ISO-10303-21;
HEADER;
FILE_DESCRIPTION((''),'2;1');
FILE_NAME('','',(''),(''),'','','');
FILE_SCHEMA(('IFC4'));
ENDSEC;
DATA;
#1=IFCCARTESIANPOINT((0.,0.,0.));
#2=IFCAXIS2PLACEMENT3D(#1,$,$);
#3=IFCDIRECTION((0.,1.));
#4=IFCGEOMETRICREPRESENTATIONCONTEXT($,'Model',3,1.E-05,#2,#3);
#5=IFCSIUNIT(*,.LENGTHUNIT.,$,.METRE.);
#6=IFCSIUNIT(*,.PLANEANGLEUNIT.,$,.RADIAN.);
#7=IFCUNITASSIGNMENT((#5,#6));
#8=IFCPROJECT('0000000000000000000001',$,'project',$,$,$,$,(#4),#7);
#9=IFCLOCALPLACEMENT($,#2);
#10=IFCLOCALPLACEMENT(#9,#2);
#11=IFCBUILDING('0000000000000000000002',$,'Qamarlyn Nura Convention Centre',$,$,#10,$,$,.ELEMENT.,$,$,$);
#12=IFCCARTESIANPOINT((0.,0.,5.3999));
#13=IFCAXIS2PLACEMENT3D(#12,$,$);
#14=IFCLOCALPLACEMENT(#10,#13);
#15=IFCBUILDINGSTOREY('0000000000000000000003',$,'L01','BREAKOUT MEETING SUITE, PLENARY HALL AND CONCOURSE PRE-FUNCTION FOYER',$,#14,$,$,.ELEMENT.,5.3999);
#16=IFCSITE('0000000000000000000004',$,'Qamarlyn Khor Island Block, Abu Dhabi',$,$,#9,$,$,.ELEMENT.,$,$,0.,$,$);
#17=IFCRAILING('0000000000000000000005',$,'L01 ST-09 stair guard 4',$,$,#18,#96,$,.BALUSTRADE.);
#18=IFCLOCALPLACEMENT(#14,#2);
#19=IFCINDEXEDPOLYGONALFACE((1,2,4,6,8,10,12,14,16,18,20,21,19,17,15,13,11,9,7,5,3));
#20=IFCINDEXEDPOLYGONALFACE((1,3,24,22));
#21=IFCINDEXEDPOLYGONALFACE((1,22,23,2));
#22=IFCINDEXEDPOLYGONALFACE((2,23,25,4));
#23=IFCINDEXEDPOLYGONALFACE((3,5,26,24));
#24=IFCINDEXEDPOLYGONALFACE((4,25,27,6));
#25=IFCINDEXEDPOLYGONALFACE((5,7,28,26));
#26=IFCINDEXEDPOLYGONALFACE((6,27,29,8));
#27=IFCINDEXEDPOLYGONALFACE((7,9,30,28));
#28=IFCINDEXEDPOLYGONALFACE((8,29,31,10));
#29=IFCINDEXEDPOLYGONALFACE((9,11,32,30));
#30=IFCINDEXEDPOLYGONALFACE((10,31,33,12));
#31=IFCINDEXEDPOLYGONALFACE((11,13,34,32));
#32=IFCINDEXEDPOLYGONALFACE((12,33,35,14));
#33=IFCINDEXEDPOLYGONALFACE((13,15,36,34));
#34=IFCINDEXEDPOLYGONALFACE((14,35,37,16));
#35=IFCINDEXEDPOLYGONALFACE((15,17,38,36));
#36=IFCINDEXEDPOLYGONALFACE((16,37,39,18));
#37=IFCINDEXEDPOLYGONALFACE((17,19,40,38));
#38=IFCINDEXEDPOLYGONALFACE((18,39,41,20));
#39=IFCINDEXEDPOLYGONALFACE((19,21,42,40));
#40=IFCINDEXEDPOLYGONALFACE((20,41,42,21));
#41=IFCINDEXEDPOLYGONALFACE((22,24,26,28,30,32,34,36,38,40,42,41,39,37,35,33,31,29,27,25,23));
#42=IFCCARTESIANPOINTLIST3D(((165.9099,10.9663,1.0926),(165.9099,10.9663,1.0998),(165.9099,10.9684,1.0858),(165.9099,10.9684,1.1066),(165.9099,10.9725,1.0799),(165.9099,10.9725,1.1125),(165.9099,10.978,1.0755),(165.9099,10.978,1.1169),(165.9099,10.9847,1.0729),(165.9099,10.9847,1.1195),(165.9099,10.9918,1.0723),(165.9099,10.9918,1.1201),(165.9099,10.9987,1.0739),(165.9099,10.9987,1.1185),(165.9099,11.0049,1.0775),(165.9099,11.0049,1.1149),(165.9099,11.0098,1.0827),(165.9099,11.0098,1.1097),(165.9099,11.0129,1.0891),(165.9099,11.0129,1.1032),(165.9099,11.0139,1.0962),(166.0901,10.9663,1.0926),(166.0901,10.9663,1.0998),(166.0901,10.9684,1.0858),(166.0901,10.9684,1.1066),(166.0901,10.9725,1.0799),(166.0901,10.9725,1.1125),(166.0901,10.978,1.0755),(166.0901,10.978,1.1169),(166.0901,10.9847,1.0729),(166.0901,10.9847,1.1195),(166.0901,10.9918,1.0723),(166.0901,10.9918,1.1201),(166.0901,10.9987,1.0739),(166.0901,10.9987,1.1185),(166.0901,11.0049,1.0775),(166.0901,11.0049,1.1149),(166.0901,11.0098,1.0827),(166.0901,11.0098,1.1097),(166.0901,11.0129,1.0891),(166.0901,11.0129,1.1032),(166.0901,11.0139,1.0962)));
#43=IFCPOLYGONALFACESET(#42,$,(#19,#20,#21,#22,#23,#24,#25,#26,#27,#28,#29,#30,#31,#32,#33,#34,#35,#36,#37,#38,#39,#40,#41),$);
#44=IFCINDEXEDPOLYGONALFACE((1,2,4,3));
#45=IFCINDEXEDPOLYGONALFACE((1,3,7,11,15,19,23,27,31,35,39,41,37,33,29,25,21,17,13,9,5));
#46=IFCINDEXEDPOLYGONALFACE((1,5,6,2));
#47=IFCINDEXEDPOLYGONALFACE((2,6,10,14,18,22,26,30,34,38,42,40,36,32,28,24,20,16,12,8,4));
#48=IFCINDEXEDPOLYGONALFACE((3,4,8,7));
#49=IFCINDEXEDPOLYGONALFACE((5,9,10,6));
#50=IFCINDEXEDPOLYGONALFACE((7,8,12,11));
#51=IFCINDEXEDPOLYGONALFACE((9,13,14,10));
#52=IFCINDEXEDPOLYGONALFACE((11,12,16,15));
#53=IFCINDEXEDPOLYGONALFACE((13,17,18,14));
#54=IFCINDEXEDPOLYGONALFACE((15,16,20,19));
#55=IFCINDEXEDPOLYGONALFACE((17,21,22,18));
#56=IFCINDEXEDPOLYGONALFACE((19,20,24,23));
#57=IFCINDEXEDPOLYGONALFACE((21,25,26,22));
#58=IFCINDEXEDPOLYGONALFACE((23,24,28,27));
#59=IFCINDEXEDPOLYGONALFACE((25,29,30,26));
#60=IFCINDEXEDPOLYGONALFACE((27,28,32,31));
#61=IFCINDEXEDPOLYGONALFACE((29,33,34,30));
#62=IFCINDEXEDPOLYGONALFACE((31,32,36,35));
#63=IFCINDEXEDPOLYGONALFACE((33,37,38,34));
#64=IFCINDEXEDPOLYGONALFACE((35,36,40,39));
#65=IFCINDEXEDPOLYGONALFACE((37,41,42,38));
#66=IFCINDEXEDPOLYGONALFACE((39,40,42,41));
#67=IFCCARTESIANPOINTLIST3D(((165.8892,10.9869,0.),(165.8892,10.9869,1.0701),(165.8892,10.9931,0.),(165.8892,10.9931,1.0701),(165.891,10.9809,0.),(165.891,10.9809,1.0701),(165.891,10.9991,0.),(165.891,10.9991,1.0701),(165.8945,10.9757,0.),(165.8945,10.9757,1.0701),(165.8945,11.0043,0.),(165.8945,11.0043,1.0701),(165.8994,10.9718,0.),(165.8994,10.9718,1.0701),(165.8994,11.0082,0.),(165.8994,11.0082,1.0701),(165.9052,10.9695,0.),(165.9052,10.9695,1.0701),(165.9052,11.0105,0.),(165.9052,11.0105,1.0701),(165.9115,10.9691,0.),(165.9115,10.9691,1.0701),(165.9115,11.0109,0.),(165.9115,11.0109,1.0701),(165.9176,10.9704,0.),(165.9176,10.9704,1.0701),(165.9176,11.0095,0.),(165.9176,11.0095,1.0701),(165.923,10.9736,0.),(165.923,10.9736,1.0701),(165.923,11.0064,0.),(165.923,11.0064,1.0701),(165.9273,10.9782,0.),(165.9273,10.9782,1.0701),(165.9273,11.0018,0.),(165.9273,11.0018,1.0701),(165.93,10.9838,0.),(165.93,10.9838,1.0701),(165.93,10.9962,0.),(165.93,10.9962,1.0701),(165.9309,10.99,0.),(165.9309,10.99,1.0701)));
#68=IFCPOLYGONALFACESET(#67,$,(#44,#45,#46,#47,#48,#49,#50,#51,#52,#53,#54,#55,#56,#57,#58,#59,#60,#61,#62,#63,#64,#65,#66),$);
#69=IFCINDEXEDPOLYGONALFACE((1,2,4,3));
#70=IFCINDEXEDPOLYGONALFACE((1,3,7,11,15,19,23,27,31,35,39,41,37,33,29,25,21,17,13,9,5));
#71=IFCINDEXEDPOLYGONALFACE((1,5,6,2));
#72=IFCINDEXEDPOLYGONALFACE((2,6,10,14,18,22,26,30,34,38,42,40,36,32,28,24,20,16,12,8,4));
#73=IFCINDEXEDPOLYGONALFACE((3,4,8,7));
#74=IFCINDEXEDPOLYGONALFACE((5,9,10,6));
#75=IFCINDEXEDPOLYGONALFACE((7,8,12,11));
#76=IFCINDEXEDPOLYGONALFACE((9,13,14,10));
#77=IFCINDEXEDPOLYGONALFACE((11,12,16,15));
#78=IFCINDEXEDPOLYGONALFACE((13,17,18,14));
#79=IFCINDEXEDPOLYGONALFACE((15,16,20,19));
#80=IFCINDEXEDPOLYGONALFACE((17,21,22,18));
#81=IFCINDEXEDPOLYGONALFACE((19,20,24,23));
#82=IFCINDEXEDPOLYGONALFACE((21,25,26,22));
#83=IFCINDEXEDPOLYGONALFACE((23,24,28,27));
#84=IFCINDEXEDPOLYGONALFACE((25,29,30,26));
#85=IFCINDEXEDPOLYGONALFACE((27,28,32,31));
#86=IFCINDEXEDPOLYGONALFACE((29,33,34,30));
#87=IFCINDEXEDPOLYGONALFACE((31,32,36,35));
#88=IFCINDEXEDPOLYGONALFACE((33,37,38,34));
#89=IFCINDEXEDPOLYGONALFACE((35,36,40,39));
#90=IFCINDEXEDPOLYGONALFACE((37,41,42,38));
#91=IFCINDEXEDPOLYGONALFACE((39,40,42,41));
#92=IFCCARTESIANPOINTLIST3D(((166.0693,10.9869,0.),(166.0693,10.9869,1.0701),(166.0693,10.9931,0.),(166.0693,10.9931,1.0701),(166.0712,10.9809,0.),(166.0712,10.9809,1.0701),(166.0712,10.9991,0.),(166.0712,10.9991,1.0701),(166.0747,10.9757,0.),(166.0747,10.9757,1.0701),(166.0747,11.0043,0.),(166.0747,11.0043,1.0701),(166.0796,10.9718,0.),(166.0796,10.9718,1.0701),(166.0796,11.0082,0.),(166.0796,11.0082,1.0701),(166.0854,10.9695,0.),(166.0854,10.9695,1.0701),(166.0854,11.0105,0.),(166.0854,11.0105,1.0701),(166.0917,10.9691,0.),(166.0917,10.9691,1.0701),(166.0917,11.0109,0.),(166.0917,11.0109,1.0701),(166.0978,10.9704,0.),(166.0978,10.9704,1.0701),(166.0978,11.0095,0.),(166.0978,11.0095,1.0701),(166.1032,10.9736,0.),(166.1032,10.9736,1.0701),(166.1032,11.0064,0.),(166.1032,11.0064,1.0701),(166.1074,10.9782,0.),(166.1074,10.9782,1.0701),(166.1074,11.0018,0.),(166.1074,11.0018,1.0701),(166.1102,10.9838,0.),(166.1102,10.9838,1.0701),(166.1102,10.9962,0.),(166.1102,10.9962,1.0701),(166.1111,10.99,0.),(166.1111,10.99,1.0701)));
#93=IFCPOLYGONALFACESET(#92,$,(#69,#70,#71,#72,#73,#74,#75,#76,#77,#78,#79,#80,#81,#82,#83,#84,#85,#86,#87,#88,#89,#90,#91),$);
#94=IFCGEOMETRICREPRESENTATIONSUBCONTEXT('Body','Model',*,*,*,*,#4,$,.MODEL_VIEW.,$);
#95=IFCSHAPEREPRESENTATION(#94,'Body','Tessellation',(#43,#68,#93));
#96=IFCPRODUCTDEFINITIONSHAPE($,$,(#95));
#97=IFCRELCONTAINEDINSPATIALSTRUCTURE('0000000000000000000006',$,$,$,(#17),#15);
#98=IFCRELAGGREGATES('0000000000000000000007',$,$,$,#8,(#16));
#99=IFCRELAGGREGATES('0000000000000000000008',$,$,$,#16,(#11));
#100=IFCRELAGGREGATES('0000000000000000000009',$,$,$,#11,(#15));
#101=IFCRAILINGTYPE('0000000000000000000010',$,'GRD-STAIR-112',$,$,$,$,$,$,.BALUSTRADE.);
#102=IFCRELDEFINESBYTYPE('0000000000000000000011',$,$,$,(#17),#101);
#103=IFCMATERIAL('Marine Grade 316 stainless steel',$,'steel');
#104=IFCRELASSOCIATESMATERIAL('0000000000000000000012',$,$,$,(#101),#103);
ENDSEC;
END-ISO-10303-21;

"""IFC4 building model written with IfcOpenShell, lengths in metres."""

from ifc_helpers import new_model, si_unit, direction, frame, origin, origin_2d, place, context, subcontext, project, spatial, circle, extrude, material, type_object, element, save


model = new_model("IFC4")

# Units and contexts
model_context = context("Model", 3, precision=1e-05, world=origin(), true_north=direction((0.0, 1.0)))
body_context = subcontext(model_context, "Body", "Model", "MODEL_VIEW")
ifc_project = project(units=[si_unit("LENGTHUNIT", "METRE"), si_unit("PLANEANGLEUNIT", "RADIAN")], contexts=[model_context])

# Site, building, storey
site_placement = place(None, origin())
site = spatial("IfcSite", under=ifc_project, at=site_placement, Name="Qamarlyn Khor Island Block, Abu Dhabi", CompositionType="ELEMENT", RefElevation=0.0)
building_placement = place(site_placement, origin())
building = spatial("IfcBuilding", under=site, at=building_placement, Name="Qamarlyn Nura Convention Centre", CompositionType="ELEMENT")
storey_placement = place(building_placement, frame((0.0, 0.0, 5.3999)))
storey = spatial("IfcBuildingStorey", under=building, at=storey_placement, Name="L01", Description="BREAKOUT MEETING SUITE, PLENARY HALL AND CONCOURSE PRE-FUNCTION FOYER", CompositionType="ELEMENT", Elevation=5.3999)

# Shared definitions
ifc_material_1 = material(Name="Marine Grade 316 stainless steel", Category="steel")

# Railing
railing_type_1 = type_object("IfcRailingType", Name="GRD-STAIR-112", PredefinedType="BALUSTRADE", material=ifc_material_1)
railing_1_placement = place(storey_placement, frame((165.9099, 10.99, 0.0)))
element("IfcRailing", 1, at=railing_1_placement, inside=storey, type_object=railing_type_1, Name="L01 ST-09 stair guard 4", PredefinedType="BALUSTRADE", context=body_context, shape_type="SweptSolid", body=[
    extrude(circle(Radius=0.0239, at=origin_2d()), frame((0.0, 0.0, 1.0962), z_axis=(1.0, 0.0, 0.0), x_axis=(0.0, 1.0, 0.0)), (0.0, 0.0, 1.0), 0.1802),
    extrude(circle(Radius=0.021, at=origin_2d()), origin(), (0.0, 0.0, 1.0), 1.0701),
    extrude(circle(Radius=0.021, at=origin_2d()), frame((0.1802, 0.0, 0.0)), (0.0, 0.0, 1.0), 1.0701),
])

save(model, "model.ifc")
